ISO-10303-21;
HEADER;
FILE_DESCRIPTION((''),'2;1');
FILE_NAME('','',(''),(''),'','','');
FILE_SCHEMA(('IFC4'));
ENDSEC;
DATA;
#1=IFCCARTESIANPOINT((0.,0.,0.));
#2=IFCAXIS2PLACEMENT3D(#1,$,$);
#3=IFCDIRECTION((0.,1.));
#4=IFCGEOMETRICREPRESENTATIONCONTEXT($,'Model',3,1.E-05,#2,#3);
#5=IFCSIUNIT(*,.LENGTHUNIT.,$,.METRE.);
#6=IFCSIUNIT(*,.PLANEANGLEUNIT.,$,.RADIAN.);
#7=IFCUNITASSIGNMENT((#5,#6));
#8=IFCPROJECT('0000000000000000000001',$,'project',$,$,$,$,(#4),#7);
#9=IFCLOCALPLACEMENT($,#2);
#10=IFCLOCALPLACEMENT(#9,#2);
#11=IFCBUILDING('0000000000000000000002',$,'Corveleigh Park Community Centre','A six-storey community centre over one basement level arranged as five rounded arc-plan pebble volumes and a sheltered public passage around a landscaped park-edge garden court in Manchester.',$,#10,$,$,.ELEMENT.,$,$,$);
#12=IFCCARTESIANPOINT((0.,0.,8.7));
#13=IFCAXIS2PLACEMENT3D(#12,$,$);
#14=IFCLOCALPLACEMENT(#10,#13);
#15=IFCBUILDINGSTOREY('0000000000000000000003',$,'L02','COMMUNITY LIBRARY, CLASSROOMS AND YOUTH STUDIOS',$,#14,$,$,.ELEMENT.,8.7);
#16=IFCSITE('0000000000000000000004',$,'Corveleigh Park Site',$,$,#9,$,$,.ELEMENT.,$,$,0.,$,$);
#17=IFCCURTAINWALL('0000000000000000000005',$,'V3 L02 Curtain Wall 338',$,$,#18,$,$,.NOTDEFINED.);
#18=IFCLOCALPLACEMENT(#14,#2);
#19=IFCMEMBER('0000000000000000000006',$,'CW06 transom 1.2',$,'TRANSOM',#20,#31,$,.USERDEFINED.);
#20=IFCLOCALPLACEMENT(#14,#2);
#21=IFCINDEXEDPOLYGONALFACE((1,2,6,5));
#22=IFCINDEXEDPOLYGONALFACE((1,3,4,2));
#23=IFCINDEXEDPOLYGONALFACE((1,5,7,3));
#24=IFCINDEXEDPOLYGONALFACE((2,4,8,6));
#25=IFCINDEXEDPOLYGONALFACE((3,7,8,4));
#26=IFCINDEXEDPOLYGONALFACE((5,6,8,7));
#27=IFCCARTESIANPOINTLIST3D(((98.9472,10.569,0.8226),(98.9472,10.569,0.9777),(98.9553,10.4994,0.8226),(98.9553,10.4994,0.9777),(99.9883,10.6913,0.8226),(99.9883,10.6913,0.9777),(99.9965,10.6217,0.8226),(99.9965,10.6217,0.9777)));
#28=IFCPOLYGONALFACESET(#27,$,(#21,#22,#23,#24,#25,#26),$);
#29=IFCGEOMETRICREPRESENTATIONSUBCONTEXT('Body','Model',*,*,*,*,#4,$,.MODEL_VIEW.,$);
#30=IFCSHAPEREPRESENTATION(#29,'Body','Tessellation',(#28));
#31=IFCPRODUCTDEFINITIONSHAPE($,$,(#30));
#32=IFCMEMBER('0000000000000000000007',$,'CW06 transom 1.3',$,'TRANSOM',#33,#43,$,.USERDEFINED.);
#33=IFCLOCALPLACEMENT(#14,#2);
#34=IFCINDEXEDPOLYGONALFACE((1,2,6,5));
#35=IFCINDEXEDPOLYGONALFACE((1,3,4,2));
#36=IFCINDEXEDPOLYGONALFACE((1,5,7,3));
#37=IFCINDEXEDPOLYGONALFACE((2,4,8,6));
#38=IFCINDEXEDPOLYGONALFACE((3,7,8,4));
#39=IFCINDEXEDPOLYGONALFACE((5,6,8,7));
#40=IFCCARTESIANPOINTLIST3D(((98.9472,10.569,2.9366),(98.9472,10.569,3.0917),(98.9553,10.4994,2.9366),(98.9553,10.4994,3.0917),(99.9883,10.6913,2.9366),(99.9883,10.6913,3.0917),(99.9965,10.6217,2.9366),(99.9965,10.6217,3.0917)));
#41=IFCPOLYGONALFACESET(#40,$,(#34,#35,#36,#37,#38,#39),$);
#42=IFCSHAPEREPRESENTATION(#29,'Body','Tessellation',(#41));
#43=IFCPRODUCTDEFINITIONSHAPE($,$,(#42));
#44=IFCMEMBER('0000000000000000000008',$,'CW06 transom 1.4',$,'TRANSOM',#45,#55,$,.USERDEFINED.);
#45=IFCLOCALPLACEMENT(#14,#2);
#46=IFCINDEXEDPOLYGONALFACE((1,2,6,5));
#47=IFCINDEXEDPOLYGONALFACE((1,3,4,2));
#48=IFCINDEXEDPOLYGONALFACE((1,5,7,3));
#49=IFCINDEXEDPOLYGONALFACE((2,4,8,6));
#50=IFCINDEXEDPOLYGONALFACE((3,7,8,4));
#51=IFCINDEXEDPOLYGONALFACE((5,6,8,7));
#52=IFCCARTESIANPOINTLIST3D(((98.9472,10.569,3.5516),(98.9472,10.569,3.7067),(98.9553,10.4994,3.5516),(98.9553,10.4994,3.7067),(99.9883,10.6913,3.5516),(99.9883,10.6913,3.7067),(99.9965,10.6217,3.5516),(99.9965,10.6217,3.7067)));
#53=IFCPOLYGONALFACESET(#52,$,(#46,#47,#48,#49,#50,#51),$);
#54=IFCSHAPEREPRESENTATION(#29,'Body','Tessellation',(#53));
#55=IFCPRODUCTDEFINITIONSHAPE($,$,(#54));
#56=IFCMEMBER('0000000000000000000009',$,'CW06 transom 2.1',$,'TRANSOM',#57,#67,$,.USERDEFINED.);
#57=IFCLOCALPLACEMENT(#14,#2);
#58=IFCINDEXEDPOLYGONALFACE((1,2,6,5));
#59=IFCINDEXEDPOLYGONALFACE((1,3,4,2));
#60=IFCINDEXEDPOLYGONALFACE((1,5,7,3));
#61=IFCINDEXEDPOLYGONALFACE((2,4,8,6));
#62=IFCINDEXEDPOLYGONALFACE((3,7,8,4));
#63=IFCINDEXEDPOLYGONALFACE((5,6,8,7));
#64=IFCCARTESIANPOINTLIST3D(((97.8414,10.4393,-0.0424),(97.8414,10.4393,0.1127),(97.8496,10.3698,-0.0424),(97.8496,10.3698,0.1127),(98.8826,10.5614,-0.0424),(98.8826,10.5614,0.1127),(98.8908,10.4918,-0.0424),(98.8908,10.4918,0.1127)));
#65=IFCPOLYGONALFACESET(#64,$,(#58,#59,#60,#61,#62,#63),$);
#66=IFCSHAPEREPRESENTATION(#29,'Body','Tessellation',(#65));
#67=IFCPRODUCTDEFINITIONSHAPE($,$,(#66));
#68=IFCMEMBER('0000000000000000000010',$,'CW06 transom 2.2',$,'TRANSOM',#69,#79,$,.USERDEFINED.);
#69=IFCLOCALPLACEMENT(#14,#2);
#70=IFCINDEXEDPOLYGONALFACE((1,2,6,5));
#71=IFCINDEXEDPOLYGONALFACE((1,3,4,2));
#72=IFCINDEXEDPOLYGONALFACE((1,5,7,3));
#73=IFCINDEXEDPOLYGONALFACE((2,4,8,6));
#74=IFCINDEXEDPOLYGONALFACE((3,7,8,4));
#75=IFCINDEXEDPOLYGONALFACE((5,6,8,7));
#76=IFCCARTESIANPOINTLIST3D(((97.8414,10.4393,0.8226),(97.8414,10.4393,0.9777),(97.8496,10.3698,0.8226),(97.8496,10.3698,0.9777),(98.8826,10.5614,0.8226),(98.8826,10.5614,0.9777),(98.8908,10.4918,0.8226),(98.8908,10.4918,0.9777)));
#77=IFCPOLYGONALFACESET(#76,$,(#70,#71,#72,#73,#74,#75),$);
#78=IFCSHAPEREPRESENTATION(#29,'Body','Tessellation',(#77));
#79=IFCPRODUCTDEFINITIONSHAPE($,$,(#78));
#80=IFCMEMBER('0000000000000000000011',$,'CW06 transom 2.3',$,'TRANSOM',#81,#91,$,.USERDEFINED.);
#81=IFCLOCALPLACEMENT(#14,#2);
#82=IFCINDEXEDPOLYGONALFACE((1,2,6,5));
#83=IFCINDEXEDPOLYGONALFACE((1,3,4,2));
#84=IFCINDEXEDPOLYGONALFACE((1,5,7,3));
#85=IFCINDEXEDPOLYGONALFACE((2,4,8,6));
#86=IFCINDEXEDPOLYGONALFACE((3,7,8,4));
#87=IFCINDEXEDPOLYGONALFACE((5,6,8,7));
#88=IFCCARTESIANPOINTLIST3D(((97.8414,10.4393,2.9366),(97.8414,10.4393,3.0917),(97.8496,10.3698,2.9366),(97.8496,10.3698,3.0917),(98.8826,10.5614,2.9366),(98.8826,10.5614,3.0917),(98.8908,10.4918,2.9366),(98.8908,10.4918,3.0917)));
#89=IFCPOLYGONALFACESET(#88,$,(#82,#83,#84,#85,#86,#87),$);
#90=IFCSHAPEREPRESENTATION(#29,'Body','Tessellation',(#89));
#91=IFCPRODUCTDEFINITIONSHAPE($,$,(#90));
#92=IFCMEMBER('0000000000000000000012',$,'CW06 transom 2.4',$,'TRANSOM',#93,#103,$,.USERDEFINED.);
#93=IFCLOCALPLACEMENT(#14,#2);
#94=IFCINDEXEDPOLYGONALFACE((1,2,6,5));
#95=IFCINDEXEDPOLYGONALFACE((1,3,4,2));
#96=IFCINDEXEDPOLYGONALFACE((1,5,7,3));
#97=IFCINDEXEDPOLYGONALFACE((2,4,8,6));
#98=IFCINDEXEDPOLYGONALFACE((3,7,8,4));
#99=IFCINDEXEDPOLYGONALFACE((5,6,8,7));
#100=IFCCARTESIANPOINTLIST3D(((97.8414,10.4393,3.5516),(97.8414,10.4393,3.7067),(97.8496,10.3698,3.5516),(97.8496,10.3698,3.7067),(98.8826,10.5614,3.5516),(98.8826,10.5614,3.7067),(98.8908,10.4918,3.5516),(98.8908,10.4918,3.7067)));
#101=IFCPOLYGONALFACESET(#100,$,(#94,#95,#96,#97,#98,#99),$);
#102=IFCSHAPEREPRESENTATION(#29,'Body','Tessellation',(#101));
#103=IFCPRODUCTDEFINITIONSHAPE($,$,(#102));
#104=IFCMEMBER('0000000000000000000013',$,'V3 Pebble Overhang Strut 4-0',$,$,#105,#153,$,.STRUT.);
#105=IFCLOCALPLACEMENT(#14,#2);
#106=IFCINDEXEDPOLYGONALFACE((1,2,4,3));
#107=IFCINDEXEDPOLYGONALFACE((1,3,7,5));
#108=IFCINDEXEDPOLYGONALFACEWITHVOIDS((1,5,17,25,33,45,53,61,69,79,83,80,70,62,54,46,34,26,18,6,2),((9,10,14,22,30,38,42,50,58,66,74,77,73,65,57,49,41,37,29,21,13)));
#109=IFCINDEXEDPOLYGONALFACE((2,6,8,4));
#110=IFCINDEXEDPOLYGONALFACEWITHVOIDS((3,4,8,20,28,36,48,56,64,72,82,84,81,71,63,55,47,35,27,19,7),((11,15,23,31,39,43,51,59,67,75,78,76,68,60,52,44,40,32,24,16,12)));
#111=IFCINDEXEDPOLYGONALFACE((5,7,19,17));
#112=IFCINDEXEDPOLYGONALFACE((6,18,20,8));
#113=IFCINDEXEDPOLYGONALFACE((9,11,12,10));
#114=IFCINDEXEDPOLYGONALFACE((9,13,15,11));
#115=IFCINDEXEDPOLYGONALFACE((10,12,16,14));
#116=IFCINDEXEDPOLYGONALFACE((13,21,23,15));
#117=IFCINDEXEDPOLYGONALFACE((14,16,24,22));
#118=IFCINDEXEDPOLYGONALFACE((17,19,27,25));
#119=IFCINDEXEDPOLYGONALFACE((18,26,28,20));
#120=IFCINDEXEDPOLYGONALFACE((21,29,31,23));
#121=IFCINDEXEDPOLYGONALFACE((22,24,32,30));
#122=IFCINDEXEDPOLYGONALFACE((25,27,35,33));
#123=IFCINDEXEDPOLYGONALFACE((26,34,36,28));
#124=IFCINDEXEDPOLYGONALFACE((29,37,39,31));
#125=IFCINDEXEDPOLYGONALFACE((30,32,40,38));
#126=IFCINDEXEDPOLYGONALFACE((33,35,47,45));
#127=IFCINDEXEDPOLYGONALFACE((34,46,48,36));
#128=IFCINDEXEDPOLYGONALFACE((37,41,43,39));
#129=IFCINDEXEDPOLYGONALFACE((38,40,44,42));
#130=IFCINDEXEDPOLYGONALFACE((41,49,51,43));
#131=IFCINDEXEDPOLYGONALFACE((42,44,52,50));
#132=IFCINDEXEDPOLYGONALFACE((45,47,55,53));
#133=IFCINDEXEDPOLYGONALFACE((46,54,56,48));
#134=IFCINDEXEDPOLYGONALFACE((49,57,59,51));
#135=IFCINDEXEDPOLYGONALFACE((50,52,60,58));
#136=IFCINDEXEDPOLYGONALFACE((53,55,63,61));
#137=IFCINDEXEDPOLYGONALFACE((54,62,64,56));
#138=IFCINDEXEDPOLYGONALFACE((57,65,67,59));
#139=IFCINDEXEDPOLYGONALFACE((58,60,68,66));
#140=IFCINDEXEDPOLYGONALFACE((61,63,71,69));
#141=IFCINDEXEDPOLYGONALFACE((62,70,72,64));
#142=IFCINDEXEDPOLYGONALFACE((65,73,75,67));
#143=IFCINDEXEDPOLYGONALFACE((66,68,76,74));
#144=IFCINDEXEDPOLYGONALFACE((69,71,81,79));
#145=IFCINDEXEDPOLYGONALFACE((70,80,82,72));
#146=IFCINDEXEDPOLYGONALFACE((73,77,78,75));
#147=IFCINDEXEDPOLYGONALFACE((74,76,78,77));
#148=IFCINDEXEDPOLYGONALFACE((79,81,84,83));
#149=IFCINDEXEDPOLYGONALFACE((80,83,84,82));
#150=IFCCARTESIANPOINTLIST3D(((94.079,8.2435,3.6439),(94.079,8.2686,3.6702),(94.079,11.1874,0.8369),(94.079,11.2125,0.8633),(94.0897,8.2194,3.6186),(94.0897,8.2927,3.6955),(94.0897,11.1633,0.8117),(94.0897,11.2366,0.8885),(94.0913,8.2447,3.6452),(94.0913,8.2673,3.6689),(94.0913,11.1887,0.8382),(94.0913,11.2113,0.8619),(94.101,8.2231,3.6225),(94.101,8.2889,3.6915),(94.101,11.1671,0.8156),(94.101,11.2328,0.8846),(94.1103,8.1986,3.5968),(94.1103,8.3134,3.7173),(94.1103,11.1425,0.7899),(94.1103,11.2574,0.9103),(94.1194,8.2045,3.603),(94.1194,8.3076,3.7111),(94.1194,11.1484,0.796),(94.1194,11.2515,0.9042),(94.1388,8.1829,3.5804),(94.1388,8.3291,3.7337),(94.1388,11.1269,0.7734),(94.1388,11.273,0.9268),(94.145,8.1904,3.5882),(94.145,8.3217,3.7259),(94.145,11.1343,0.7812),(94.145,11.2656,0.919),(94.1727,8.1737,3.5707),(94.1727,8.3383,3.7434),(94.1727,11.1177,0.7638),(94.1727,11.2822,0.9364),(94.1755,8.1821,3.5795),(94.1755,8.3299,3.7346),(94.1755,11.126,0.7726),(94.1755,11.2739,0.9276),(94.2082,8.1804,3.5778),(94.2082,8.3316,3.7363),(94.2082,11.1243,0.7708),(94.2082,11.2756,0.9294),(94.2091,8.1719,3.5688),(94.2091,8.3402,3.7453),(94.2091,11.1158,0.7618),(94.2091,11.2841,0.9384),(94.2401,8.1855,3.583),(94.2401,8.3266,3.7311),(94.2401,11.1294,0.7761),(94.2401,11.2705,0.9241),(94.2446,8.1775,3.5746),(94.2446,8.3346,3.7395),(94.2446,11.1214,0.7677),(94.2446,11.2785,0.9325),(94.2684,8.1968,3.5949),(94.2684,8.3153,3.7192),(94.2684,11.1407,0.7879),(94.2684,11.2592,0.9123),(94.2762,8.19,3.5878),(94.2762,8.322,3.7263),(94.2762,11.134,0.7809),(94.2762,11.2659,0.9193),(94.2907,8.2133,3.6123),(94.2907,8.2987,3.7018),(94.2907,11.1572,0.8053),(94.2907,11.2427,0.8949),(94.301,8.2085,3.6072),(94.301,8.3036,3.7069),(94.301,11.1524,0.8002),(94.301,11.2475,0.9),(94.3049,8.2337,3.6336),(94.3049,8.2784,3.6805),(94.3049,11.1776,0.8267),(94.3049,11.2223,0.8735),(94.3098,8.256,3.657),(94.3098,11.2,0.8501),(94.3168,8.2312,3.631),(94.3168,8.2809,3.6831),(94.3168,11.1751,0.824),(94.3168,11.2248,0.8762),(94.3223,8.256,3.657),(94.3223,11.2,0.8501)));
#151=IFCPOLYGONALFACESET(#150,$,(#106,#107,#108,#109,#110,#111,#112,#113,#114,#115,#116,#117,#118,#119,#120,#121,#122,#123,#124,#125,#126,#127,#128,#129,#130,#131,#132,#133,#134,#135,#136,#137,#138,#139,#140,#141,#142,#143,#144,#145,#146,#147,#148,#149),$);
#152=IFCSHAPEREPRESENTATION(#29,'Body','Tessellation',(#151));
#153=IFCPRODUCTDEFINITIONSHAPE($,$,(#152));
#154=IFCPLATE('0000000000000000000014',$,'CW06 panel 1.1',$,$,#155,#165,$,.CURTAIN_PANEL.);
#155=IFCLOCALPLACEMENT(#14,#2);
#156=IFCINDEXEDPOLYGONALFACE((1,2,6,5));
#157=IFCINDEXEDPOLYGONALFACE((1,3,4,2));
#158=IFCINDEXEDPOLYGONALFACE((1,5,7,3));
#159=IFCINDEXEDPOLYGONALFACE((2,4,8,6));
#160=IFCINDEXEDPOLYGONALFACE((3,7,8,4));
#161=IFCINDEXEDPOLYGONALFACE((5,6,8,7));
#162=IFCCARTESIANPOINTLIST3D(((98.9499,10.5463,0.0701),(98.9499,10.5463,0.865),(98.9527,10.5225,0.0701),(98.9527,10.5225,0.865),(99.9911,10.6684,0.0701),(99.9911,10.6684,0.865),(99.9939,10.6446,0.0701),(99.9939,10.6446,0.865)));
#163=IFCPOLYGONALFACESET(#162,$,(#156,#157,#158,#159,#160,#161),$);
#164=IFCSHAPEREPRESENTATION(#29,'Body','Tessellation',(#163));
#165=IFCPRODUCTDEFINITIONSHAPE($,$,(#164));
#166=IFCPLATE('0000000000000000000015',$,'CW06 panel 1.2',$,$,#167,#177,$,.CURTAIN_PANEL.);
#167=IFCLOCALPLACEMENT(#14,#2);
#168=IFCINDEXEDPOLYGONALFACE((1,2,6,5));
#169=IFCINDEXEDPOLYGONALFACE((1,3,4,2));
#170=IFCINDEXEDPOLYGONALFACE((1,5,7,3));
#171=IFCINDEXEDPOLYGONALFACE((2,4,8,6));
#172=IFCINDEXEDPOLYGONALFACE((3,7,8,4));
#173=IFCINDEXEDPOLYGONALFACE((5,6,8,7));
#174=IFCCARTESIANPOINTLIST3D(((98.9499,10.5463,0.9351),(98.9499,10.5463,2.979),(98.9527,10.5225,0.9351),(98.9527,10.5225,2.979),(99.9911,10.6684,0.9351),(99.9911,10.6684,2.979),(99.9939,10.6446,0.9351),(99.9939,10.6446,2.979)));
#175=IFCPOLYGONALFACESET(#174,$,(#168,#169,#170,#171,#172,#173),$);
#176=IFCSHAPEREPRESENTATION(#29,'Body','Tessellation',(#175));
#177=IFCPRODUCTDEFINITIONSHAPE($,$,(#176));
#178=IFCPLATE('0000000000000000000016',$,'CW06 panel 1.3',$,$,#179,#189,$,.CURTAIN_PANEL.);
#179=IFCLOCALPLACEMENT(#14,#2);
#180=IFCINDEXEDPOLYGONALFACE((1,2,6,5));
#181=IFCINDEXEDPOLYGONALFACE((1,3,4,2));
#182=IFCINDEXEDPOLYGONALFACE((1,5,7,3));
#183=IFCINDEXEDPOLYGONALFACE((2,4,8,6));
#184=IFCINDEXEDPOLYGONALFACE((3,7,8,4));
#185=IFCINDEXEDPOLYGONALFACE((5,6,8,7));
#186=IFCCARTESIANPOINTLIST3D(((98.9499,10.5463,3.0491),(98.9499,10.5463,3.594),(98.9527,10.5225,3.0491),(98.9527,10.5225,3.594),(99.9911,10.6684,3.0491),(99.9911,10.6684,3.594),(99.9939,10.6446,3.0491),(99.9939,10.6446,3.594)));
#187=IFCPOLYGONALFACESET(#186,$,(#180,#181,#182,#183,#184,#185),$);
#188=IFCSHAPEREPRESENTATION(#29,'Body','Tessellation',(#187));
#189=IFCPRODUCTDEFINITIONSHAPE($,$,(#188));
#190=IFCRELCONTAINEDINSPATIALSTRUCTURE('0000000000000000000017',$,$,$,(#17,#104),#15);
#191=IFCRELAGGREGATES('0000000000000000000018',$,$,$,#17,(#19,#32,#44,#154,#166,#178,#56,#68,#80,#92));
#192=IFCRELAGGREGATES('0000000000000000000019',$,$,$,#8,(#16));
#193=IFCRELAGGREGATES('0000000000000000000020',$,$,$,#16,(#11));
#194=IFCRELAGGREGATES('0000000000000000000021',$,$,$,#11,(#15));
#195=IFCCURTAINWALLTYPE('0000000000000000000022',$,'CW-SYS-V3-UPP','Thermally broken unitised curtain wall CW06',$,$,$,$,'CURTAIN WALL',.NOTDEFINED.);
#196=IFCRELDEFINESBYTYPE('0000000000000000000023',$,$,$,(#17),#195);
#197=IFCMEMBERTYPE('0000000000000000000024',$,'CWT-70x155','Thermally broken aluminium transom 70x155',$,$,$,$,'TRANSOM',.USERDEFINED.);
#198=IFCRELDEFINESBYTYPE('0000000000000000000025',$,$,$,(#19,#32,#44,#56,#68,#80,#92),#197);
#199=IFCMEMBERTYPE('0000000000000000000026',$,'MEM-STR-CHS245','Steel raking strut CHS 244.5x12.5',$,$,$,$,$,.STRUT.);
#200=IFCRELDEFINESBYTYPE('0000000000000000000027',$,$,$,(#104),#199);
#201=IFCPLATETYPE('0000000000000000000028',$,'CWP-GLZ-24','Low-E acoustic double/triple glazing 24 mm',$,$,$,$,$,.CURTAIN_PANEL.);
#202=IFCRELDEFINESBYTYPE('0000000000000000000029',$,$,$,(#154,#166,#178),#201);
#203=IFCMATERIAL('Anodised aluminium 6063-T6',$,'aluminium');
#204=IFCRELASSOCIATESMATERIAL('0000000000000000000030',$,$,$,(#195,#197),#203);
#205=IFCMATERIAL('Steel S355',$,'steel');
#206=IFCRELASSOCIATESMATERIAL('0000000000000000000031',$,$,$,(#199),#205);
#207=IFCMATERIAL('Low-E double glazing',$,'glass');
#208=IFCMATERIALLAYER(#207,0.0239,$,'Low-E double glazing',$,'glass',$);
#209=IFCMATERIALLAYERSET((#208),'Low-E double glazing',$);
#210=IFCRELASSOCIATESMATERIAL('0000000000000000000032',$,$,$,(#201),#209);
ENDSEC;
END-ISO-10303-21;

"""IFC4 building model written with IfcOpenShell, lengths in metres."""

from ifc_helpers import new_model, si_unit, direction, frame, origin, origin_2d, place, context, subcontext, project, spatial, rectangle, hollow_circle, extrude, material, layer, layer_set, material_profile, profile_set, type_object, element, aggregate, save


model = new_model("IFC4")

# Units and contexts
model_context = context("Model", 3, precision=1e-05, world=origin(), true_north=direction((0.0, 1.0)))
body_context = subcontext(model_context, "Body", "Model", "MODEL_VIEW")
ifc_project = project(units=[si_unit("LENGTHUNIT", "METRE"), si_unit("PLANEANGLEUNIT", "RADIAN")], contexts=[model_context])

# Site, building, storey
site_placement = place(None, origin())
site = spatial("IfcSite", under=ifc_project, at=site_placement, Name="Corveleigh Park Site", CompositionType="ELEMENT", RefElevation=0.0)
building_placement = place(site_placement, origin())
building = spatial("IfcBuilding", under=site, at=building_placement, Name="Corveleigh Park Community Centre", Description="A six-storey community centre over one basement level arranged as five rounded arc-plan pebble volumes and a sheltered public passage around a landscaped park-edge garden court in Manchester.", CompositionType="ELEMENT")
storey_placement = place(building_placement, frame((0.0, 0.0, 8.7)))
storey = spatial("IfcBuildingStorey", under=building, at=storey_placement, Name="L02", Description="COMMUNITY LIBRARY, CLASSROOMS AND YOUTH STUDIOS", CompositionType="ELEMENT", Elevation=8.7)

# Shared definitions
ifc_material_1 = material(Name="Steel S355", Category="steel")

# Shared definitions
ifc_material_2 = material(Name="Anodised aluminium 6063-T6", Category="aluminium")
curtain_wall_type = type_object("IfcCurtainWallType", Name="CW-SYS-V3-UPP", Description="Thermally broken unitised curtain wall CW06", ElementType="CURTAIN WALL", PredefinedType="NOTDEFINED", material=ifc_material_2)

# Curtain wall
curtain_wall_1_placement = place(storey_placement, origin())
curtain_wall_1 = element("IfcCurtainWall", 1, at=curtain_wall_1_placement, inside=storey, type_object=curtain_wall_type, Name="V3 L02 Curtain Wall 338", PredefinedType="NOTDEFINED")

# Members
ifc_material_profile_1 = material_profile(ifc_material_2, rectangle(XDim=0.0701, YDim=0.155, at=origin_2d()), Name="ALU-T70x155", Category="aluminium")
ifc_profile_set_1 = profile_set([ifc_material_profile_1], Name="Anodised aluminium 6063-T6")
member_type_1 = type_object("IfcMemberType", Name="CWT-70x155", Description="Thermally broken aluminium transom 70x155", ElementType="TRANSOM", PredefinedType="USERDEFINED", material=ifc_profile_set_1)
member_1_placement = place(storey_placement, frame((99.9924, 10.6565, 0.9001), z_axis=(-0.993171, -0.116666, 0.0), x_axis=(0.116666, -0.993171, 0.0)))
member_1 = element("IfcMember", 2, at=member_1_placement, type_object=member_type_1, Name="CW06 transom 1.2", ObjectType="TRANSOM", PredefinedType="USERDEFINED", context=body_context, shape_type="SweptSolid", body=[
    extrude(rectangle(XDim=0.0701, YDim=0.155, at=origin_2d()), origin(), (0.0, 0.0, 1.0), 1.0483),
])
member_2_placement = place(storey_placement, frame((99.9924, 10.6565, 3.0142), z_axis=(-0.993171, -0.116666, 0.0), x_axis=(0.116666, -0.993171, 0.0)))
member_2 = element("IfcMember", 3, at=member_2_placement, type_object=member_type_1, Name="CW06 transom 1.3", ObjectType="TRANSOM", PredefinedType="USERDEFINED", context=body_context, shape_type="SweptSolid", body=[
    extrude(rectangle(XDim=0.0701, YDim=0.155, at=origin_2d()), origin(), (0.0, 0.0, 1.0), 1.0483),
])
member_3_placement = place(storey_placement, frame((99.9924, 10.6565, 3.6292), z_axis=(-0.993171, -0.116666, 0.0), x_axis=(0.116666, -0.993171, 0.0)))
member_3 = element("IfcMember", 4, at=member_3_placement, type_object=member_type_1, Name="CW06 transom 1.4", ObjectType="TRANSOM", PredefinedType="USERDEFINED", context=body_context, shape_type="SweptSolid", body=[
    extrude(rectangle(XDim=0.0701, YDim=0.155, at=origin_2d()), origin(), (0.0, 0.0, 1.0), 1.0483),
])
member_4_placement = place(storey_placement, frame((98.8867, 10.5266, 0.0352), z_axis=(-0.993198, -0.116436, 0.0), x_axis=(0.116436, -0.993198, 0.0)))
member_4 = element("IfcMember", 5, at=member_4_placement, type_object=member_type_1, Name="CW06 transom 2.1", ObjectType="TRANSOM", PredefinedType="USERDEFINED", context=body_context, shape_type="SweptSolid", body=[
    extrude(rectangle(XDim=0.0701, YDim=0.155, at=origin_2d()), origin(), (0.0, 0.0, 1.0), 1.0483),
])
member_5_placement = place(storey_placement, frame((98.8867, 10.5266, 0.9001), z_axis=(-0.993198, -0.116436, 0.0), x_axis=(0.116436, -0.993198, 0.0)))
member_5 = element("IfcMember", 6, at=member_5_placement, type_object=member_type_1, Name="CW06 transom 2.2", ObjectType="TRANSOM", PredefinedType="USERDEFINED", context=body_context, shape_type="SweptSolid", body=[
    extrude(rectangle(XDim=0.0701, YDim=0.155, at=origin_2d()), origin(), (0.0, 0.0, 1.0), 1.0483),
])
member_6_placement = place(storey_placement, frame((98.8867, 10.5266, 3.0142), z_axis=(-0.993198, -0.116436, 0.0), x_axis=(0.116436, -0.993198, 0.0)))
member_6 = element("IfcMember", 7, at=member_6_placement, type_object=member_type_1, Name="CW06 transom 2.3", ObjectType="TRANSOM", PredefinedType="USERDEFINED", context=body_context, shape_type="SweptSolid", body=[
    extrude(rectangle(XDim=0.0701, YDim=0.155, at=origin_2d()), origin(), (0.0, 0.0, 1.0), 1.0483),
])
member_7_placement = place(storey_placement, frame((98.8867, 10.5266, 3.6292), z_axis=(-0.993198, -0.116436, 0.0), x_axis=(0.116436, -0.993198, 0.0)))
member_7 = element("IfcMember", 8, at=member_7_placement, type_object=member_type_1, Name="CW06 transom 2.4", ObjectType="TRANSOM", PredefinedType="USERDEFINED", context=body_context, shape_type="SweptSolid", body=[
    extrude(rectangle(XDim=0.0701, YDim=0.155, at=origin_2d()), origin(), (0.0, 0.0, 1.0), 1.0483),
])
ifc_material_profile_2 = material_profile(ifc_material_1, hollow_circle(Radius=0.1223, WallThickness=0.0125, at=origin_2d()), Name="CHS 244.5x12.5", Category="steel")
ifc_profile_set_2 = profile_set([ifc_material_profile_2], Name="Steel S355")
member_type_2 = type_object("IfcMemberType", Name="MEM-STR-CHS245", Description="Steel raking strut CHS 244.5x12.5", PredefinedType="STRUT", material=ifc_profile_set_2)
member_8_placement = place(storey_placement, frame((94.2, 11.2, 0.8501), z_axis=(0.0, -0.723742, 0.69007), x_axis=(1.0, 0.0, 0.0)))
element("IfcMember", 9, at=member_8_placement, inside=storey, type_object=member_type_2, Name="V3 Pebble Overhang Strut 4-0", PredefinedType="STRUT", context=body_context, shape_type="SweptSolid", body=[
    extrude(hollow_circle(Radius=0.1223, WallThickness=0.0125, at=origin_2d()), origin(), (0.0, 0.0, 1.0), 4.0676),
])

# Plates
ifc_material_3 = material(Name="Low-E double glazing", Category="glass")
ifc_layer_1 = layer(ifc_material_3, 0.0239, Name="Low-E double glazing", Category="glass")
ifc_layer_set_1 = layer_set([ifc_layer_1], Name="Low-E double glazing")
plate_type_1 = type_object("IfcPlateType", Name="CWP-GLZ-24", Description="Low-E acoustic double/triple glazing 24 mm", PredefinedType="CURTAIN_PANEL", material=ifc_layer_set_1)
plate_1_placement = place(storey_placement, frame((99.4719, 10.5955, 0.0701), z_axis=(0.0, 0.0, 1.0), x_axis=(-0.993189, -0.116512, 0.0)))
plate_1 = element("IfcPlate", 10, at=plate_1_placement, type_object=plate_type_1, Name="CW06 panel 1.1", PredefinedType="CURTAIN_PANEL", context=body_context, shape_type="SweptSolid", body=[
    extrude(rectangle(XDim=1.0483, YDim=0.0239, at=origin_2d()), origin(), (0.0, 0.0, 1.0), 0.7949),
])
plate_2_placement = place(storey_placement, frame((99.4719, 10.5955, 0.9351), z_axis=(0.0, 0.0, 1.0), x_axis=(-0.993189, -0.116512, 0.0)))
plate_2 = element("IfcPlate", 11, at=plate_2_placement, type_object=plate_type_1, Name="CW06 panel 1.2", PredefinedType="CURTAIN_PANEL", context=body_context, shape_type="SweptSolid", body=[
    extrude(rectangle(XDim=1.0483, YDim=0.0239, at=origin_2d()), origin(), (0.0, 0.0, 1.0), 2.0439),
])
plate_3_placement = place(storey_placement, frame((99.4719, 10.5955, 3.0491), z_axis=(0.0, 0.0, 1.0), x_axis=(-0.993189, -0.116512, 0.0)))
plate_3 = element("IfcPlate", 12, at=plate_3_placement, type_object=plate_type_1, Name="CW06 panel 1.3", PredefinedType="CURTAIN_PANEL", context=body_context, shape_type="SweptSolid", body=[
    extrude(rectangle(XDim=1.0483, YDim=0.0239, at=origin_2d()), origin(), (0.0, 0.0, 1.0), 0.5449),
])
aggregate(curtain_wall_1, [member_1, member_2, member_3, plate_1, plate_2, plate_3, member_4, member_5, member_6, member_7])

save(model, "model.ifc")
